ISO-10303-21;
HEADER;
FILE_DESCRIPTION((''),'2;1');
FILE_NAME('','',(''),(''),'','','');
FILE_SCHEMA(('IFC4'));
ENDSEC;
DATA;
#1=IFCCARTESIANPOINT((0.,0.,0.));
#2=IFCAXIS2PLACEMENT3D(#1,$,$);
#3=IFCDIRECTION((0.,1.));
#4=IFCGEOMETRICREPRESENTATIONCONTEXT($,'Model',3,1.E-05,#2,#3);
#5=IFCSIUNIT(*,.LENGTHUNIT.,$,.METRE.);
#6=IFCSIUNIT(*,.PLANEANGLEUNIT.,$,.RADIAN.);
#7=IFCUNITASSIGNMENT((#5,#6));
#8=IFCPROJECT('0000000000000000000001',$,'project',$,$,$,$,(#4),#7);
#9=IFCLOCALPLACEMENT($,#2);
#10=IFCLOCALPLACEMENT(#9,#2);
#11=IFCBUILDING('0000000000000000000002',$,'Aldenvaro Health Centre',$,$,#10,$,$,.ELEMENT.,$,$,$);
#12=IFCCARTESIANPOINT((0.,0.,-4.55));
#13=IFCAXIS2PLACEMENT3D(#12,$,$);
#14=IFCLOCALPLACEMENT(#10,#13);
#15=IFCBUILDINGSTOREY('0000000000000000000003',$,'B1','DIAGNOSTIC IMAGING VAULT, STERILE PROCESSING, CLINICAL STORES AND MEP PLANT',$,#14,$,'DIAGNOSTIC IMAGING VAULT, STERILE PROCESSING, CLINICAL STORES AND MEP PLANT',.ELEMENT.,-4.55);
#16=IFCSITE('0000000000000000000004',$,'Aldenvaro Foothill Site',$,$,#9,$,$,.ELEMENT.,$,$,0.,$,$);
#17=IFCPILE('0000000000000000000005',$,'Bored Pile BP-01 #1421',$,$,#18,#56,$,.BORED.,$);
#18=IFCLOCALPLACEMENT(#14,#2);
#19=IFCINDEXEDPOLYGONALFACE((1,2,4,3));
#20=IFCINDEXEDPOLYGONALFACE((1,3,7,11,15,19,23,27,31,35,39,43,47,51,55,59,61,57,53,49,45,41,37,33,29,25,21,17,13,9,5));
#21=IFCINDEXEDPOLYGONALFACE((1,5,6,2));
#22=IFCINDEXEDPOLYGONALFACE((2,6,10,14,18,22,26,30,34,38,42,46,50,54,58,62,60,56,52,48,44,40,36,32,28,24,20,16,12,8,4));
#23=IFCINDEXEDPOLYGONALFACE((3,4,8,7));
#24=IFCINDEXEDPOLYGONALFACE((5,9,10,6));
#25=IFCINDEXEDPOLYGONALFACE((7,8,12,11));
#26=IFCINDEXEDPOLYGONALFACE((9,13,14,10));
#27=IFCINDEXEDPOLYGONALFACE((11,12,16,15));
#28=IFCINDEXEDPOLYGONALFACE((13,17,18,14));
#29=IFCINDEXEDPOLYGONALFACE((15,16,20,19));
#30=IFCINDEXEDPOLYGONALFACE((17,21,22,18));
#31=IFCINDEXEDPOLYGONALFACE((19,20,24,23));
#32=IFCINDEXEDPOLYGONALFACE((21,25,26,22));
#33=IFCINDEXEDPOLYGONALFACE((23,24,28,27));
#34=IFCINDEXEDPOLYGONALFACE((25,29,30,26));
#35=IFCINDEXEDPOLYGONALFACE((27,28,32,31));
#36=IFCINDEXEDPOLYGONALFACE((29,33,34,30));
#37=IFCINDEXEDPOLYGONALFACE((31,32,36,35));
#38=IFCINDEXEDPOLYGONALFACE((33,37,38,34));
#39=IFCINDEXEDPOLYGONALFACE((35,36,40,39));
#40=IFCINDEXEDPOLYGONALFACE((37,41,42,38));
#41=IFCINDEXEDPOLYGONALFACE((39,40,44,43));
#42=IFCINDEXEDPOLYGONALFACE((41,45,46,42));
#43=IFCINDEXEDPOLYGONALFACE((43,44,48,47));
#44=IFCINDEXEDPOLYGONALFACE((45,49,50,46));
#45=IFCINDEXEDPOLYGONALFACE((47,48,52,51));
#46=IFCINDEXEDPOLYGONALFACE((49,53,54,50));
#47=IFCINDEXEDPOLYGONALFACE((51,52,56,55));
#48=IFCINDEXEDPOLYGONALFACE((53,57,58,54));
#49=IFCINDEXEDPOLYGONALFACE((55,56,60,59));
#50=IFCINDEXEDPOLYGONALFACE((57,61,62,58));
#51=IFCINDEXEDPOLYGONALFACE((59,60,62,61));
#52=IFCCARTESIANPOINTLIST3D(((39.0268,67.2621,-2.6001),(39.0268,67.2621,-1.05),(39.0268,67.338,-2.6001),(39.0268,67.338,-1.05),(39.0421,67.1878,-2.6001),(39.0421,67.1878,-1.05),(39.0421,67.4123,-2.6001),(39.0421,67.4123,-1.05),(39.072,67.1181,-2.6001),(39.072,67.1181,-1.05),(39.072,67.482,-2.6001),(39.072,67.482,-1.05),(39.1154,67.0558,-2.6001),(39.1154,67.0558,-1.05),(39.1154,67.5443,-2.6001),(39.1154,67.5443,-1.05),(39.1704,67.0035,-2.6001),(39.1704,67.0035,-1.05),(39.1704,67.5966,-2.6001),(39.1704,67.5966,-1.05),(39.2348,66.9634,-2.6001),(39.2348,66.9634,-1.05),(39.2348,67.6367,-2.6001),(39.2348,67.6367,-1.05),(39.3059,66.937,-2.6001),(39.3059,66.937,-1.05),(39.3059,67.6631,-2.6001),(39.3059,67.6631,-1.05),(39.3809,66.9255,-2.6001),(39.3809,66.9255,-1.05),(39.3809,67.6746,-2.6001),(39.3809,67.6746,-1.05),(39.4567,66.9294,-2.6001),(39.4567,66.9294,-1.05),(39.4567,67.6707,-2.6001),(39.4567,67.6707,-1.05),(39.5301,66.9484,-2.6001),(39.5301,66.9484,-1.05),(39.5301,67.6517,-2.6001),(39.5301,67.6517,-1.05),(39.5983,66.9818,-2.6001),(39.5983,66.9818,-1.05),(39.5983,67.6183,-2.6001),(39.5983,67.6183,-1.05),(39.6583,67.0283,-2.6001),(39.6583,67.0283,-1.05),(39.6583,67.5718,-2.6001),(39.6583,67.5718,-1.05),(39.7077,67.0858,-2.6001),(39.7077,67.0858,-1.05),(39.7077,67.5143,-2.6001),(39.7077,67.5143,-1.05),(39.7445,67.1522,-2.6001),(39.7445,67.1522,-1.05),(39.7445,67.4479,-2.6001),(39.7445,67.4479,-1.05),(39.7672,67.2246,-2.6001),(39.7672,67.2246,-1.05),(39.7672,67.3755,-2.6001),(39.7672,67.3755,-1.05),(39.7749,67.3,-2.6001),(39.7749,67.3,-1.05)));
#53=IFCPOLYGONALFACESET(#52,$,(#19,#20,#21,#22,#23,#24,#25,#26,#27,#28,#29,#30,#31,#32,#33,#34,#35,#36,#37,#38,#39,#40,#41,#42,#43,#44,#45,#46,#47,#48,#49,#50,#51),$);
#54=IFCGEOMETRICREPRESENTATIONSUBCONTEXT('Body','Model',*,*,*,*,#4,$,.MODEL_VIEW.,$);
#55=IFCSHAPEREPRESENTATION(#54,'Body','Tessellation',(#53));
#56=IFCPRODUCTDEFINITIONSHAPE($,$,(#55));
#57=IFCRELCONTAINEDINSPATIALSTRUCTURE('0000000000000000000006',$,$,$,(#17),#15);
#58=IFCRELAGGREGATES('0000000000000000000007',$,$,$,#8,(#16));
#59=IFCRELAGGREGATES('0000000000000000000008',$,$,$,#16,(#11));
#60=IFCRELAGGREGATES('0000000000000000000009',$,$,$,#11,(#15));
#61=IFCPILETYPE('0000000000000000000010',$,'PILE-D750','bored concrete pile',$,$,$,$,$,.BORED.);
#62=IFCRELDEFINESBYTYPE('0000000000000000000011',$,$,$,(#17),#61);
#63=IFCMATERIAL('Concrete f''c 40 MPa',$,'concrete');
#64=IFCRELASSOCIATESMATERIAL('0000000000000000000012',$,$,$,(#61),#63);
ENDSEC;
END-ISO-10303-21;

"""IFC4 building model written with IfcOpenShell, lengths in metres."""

from ifc_helpers import new_model, si_unit, direction, frame, origin, origin_2d, place, context, subcontext, project, spatial, circle, extrude, material, material_profile, profile_set, type_object, element, save


model = new_model("IFC4")

# Units and contexts
model_context = context("Model", 3, precision=1e-05, world=origin(), true_north=direction((0.0, 1.0)))
body_context = subcontext(model_context, "Body", "Model", "MODEL_VIEW")
ifc_project = project(units=[si_unit("LENGTHUNIT", "METRE"), si_unit("PLANEANGLEUNIT", "RADIAN")], contexts=[model_context])

# Site, building, storey
site_placement = place(None, origin())
site = spatial("IfcSite", under=ifc_project, at=site_placement, Name="Aldenvaro Foothill Site", CompositionType="ELEMENT", RefElevation=0.0)
building_placement = place(site_placement, origin())
building = spatial("IfcBuilding", under=site, at=building_placement, Name="Aldenvaro Health Centre", CompositionType="ELEMENT")
storey_placement = place(building_placement, frame((0.0, 0.0, -4.55)))
storey = spatial("IfcBuildingStorey", under=building, at=storey_placement, Name="B1", Description="DIAGNOSTIC IMAGING VAULT, STERILE PROCESSING, CLINICAL STORES AND MEP PLANT", LongName="DIAGNOSTIC IMAGING VAULT, STERILE PROCESSING, CLINICAL STORES AND MEP PLANT", CompositionType="ELEMENT", Elevation=-4.55)

# Shared definitions
ifc_material = material(Name="Concrete f'c 40 MPa", Category="concrete")

# Pile
ifc_material_profile_1 = material_profile(ifc_material, circle(Radius=0.375, at=origin_2d()), Name="PILE D750", Category="concrete")
ifc_profile_set_1 = profile_set([ifc_material_profile_1], Name="Concrete f'c 40 MPa")
pile_type_1 = type_object("IfcPileType", Name="PILE-D750", Description="bored concrete pile", PredefinedType="BORED", material=ifc_profile_set_1)
pile_placement = place(storey_placement, frame((39.3999, 67.3, -1.05), z_axis=(0.0, 0.0, -1.0), x_axis=(1.0, 0.0, 0.0)))
element("IfcPile", 1, at=pile_placement, inside=storey, type_object=pile_type_1, Name="Bored Pile BP-01 #1421", PredefinedType="BORED", context=body_context, shape_type="SweptSolid", body=[
    extrude(circle(Radius=0.375, at=origin_2d()), origin(), (0.0, 0.0, 1.0), 1.55),
])

save(model, "model.ifc")
